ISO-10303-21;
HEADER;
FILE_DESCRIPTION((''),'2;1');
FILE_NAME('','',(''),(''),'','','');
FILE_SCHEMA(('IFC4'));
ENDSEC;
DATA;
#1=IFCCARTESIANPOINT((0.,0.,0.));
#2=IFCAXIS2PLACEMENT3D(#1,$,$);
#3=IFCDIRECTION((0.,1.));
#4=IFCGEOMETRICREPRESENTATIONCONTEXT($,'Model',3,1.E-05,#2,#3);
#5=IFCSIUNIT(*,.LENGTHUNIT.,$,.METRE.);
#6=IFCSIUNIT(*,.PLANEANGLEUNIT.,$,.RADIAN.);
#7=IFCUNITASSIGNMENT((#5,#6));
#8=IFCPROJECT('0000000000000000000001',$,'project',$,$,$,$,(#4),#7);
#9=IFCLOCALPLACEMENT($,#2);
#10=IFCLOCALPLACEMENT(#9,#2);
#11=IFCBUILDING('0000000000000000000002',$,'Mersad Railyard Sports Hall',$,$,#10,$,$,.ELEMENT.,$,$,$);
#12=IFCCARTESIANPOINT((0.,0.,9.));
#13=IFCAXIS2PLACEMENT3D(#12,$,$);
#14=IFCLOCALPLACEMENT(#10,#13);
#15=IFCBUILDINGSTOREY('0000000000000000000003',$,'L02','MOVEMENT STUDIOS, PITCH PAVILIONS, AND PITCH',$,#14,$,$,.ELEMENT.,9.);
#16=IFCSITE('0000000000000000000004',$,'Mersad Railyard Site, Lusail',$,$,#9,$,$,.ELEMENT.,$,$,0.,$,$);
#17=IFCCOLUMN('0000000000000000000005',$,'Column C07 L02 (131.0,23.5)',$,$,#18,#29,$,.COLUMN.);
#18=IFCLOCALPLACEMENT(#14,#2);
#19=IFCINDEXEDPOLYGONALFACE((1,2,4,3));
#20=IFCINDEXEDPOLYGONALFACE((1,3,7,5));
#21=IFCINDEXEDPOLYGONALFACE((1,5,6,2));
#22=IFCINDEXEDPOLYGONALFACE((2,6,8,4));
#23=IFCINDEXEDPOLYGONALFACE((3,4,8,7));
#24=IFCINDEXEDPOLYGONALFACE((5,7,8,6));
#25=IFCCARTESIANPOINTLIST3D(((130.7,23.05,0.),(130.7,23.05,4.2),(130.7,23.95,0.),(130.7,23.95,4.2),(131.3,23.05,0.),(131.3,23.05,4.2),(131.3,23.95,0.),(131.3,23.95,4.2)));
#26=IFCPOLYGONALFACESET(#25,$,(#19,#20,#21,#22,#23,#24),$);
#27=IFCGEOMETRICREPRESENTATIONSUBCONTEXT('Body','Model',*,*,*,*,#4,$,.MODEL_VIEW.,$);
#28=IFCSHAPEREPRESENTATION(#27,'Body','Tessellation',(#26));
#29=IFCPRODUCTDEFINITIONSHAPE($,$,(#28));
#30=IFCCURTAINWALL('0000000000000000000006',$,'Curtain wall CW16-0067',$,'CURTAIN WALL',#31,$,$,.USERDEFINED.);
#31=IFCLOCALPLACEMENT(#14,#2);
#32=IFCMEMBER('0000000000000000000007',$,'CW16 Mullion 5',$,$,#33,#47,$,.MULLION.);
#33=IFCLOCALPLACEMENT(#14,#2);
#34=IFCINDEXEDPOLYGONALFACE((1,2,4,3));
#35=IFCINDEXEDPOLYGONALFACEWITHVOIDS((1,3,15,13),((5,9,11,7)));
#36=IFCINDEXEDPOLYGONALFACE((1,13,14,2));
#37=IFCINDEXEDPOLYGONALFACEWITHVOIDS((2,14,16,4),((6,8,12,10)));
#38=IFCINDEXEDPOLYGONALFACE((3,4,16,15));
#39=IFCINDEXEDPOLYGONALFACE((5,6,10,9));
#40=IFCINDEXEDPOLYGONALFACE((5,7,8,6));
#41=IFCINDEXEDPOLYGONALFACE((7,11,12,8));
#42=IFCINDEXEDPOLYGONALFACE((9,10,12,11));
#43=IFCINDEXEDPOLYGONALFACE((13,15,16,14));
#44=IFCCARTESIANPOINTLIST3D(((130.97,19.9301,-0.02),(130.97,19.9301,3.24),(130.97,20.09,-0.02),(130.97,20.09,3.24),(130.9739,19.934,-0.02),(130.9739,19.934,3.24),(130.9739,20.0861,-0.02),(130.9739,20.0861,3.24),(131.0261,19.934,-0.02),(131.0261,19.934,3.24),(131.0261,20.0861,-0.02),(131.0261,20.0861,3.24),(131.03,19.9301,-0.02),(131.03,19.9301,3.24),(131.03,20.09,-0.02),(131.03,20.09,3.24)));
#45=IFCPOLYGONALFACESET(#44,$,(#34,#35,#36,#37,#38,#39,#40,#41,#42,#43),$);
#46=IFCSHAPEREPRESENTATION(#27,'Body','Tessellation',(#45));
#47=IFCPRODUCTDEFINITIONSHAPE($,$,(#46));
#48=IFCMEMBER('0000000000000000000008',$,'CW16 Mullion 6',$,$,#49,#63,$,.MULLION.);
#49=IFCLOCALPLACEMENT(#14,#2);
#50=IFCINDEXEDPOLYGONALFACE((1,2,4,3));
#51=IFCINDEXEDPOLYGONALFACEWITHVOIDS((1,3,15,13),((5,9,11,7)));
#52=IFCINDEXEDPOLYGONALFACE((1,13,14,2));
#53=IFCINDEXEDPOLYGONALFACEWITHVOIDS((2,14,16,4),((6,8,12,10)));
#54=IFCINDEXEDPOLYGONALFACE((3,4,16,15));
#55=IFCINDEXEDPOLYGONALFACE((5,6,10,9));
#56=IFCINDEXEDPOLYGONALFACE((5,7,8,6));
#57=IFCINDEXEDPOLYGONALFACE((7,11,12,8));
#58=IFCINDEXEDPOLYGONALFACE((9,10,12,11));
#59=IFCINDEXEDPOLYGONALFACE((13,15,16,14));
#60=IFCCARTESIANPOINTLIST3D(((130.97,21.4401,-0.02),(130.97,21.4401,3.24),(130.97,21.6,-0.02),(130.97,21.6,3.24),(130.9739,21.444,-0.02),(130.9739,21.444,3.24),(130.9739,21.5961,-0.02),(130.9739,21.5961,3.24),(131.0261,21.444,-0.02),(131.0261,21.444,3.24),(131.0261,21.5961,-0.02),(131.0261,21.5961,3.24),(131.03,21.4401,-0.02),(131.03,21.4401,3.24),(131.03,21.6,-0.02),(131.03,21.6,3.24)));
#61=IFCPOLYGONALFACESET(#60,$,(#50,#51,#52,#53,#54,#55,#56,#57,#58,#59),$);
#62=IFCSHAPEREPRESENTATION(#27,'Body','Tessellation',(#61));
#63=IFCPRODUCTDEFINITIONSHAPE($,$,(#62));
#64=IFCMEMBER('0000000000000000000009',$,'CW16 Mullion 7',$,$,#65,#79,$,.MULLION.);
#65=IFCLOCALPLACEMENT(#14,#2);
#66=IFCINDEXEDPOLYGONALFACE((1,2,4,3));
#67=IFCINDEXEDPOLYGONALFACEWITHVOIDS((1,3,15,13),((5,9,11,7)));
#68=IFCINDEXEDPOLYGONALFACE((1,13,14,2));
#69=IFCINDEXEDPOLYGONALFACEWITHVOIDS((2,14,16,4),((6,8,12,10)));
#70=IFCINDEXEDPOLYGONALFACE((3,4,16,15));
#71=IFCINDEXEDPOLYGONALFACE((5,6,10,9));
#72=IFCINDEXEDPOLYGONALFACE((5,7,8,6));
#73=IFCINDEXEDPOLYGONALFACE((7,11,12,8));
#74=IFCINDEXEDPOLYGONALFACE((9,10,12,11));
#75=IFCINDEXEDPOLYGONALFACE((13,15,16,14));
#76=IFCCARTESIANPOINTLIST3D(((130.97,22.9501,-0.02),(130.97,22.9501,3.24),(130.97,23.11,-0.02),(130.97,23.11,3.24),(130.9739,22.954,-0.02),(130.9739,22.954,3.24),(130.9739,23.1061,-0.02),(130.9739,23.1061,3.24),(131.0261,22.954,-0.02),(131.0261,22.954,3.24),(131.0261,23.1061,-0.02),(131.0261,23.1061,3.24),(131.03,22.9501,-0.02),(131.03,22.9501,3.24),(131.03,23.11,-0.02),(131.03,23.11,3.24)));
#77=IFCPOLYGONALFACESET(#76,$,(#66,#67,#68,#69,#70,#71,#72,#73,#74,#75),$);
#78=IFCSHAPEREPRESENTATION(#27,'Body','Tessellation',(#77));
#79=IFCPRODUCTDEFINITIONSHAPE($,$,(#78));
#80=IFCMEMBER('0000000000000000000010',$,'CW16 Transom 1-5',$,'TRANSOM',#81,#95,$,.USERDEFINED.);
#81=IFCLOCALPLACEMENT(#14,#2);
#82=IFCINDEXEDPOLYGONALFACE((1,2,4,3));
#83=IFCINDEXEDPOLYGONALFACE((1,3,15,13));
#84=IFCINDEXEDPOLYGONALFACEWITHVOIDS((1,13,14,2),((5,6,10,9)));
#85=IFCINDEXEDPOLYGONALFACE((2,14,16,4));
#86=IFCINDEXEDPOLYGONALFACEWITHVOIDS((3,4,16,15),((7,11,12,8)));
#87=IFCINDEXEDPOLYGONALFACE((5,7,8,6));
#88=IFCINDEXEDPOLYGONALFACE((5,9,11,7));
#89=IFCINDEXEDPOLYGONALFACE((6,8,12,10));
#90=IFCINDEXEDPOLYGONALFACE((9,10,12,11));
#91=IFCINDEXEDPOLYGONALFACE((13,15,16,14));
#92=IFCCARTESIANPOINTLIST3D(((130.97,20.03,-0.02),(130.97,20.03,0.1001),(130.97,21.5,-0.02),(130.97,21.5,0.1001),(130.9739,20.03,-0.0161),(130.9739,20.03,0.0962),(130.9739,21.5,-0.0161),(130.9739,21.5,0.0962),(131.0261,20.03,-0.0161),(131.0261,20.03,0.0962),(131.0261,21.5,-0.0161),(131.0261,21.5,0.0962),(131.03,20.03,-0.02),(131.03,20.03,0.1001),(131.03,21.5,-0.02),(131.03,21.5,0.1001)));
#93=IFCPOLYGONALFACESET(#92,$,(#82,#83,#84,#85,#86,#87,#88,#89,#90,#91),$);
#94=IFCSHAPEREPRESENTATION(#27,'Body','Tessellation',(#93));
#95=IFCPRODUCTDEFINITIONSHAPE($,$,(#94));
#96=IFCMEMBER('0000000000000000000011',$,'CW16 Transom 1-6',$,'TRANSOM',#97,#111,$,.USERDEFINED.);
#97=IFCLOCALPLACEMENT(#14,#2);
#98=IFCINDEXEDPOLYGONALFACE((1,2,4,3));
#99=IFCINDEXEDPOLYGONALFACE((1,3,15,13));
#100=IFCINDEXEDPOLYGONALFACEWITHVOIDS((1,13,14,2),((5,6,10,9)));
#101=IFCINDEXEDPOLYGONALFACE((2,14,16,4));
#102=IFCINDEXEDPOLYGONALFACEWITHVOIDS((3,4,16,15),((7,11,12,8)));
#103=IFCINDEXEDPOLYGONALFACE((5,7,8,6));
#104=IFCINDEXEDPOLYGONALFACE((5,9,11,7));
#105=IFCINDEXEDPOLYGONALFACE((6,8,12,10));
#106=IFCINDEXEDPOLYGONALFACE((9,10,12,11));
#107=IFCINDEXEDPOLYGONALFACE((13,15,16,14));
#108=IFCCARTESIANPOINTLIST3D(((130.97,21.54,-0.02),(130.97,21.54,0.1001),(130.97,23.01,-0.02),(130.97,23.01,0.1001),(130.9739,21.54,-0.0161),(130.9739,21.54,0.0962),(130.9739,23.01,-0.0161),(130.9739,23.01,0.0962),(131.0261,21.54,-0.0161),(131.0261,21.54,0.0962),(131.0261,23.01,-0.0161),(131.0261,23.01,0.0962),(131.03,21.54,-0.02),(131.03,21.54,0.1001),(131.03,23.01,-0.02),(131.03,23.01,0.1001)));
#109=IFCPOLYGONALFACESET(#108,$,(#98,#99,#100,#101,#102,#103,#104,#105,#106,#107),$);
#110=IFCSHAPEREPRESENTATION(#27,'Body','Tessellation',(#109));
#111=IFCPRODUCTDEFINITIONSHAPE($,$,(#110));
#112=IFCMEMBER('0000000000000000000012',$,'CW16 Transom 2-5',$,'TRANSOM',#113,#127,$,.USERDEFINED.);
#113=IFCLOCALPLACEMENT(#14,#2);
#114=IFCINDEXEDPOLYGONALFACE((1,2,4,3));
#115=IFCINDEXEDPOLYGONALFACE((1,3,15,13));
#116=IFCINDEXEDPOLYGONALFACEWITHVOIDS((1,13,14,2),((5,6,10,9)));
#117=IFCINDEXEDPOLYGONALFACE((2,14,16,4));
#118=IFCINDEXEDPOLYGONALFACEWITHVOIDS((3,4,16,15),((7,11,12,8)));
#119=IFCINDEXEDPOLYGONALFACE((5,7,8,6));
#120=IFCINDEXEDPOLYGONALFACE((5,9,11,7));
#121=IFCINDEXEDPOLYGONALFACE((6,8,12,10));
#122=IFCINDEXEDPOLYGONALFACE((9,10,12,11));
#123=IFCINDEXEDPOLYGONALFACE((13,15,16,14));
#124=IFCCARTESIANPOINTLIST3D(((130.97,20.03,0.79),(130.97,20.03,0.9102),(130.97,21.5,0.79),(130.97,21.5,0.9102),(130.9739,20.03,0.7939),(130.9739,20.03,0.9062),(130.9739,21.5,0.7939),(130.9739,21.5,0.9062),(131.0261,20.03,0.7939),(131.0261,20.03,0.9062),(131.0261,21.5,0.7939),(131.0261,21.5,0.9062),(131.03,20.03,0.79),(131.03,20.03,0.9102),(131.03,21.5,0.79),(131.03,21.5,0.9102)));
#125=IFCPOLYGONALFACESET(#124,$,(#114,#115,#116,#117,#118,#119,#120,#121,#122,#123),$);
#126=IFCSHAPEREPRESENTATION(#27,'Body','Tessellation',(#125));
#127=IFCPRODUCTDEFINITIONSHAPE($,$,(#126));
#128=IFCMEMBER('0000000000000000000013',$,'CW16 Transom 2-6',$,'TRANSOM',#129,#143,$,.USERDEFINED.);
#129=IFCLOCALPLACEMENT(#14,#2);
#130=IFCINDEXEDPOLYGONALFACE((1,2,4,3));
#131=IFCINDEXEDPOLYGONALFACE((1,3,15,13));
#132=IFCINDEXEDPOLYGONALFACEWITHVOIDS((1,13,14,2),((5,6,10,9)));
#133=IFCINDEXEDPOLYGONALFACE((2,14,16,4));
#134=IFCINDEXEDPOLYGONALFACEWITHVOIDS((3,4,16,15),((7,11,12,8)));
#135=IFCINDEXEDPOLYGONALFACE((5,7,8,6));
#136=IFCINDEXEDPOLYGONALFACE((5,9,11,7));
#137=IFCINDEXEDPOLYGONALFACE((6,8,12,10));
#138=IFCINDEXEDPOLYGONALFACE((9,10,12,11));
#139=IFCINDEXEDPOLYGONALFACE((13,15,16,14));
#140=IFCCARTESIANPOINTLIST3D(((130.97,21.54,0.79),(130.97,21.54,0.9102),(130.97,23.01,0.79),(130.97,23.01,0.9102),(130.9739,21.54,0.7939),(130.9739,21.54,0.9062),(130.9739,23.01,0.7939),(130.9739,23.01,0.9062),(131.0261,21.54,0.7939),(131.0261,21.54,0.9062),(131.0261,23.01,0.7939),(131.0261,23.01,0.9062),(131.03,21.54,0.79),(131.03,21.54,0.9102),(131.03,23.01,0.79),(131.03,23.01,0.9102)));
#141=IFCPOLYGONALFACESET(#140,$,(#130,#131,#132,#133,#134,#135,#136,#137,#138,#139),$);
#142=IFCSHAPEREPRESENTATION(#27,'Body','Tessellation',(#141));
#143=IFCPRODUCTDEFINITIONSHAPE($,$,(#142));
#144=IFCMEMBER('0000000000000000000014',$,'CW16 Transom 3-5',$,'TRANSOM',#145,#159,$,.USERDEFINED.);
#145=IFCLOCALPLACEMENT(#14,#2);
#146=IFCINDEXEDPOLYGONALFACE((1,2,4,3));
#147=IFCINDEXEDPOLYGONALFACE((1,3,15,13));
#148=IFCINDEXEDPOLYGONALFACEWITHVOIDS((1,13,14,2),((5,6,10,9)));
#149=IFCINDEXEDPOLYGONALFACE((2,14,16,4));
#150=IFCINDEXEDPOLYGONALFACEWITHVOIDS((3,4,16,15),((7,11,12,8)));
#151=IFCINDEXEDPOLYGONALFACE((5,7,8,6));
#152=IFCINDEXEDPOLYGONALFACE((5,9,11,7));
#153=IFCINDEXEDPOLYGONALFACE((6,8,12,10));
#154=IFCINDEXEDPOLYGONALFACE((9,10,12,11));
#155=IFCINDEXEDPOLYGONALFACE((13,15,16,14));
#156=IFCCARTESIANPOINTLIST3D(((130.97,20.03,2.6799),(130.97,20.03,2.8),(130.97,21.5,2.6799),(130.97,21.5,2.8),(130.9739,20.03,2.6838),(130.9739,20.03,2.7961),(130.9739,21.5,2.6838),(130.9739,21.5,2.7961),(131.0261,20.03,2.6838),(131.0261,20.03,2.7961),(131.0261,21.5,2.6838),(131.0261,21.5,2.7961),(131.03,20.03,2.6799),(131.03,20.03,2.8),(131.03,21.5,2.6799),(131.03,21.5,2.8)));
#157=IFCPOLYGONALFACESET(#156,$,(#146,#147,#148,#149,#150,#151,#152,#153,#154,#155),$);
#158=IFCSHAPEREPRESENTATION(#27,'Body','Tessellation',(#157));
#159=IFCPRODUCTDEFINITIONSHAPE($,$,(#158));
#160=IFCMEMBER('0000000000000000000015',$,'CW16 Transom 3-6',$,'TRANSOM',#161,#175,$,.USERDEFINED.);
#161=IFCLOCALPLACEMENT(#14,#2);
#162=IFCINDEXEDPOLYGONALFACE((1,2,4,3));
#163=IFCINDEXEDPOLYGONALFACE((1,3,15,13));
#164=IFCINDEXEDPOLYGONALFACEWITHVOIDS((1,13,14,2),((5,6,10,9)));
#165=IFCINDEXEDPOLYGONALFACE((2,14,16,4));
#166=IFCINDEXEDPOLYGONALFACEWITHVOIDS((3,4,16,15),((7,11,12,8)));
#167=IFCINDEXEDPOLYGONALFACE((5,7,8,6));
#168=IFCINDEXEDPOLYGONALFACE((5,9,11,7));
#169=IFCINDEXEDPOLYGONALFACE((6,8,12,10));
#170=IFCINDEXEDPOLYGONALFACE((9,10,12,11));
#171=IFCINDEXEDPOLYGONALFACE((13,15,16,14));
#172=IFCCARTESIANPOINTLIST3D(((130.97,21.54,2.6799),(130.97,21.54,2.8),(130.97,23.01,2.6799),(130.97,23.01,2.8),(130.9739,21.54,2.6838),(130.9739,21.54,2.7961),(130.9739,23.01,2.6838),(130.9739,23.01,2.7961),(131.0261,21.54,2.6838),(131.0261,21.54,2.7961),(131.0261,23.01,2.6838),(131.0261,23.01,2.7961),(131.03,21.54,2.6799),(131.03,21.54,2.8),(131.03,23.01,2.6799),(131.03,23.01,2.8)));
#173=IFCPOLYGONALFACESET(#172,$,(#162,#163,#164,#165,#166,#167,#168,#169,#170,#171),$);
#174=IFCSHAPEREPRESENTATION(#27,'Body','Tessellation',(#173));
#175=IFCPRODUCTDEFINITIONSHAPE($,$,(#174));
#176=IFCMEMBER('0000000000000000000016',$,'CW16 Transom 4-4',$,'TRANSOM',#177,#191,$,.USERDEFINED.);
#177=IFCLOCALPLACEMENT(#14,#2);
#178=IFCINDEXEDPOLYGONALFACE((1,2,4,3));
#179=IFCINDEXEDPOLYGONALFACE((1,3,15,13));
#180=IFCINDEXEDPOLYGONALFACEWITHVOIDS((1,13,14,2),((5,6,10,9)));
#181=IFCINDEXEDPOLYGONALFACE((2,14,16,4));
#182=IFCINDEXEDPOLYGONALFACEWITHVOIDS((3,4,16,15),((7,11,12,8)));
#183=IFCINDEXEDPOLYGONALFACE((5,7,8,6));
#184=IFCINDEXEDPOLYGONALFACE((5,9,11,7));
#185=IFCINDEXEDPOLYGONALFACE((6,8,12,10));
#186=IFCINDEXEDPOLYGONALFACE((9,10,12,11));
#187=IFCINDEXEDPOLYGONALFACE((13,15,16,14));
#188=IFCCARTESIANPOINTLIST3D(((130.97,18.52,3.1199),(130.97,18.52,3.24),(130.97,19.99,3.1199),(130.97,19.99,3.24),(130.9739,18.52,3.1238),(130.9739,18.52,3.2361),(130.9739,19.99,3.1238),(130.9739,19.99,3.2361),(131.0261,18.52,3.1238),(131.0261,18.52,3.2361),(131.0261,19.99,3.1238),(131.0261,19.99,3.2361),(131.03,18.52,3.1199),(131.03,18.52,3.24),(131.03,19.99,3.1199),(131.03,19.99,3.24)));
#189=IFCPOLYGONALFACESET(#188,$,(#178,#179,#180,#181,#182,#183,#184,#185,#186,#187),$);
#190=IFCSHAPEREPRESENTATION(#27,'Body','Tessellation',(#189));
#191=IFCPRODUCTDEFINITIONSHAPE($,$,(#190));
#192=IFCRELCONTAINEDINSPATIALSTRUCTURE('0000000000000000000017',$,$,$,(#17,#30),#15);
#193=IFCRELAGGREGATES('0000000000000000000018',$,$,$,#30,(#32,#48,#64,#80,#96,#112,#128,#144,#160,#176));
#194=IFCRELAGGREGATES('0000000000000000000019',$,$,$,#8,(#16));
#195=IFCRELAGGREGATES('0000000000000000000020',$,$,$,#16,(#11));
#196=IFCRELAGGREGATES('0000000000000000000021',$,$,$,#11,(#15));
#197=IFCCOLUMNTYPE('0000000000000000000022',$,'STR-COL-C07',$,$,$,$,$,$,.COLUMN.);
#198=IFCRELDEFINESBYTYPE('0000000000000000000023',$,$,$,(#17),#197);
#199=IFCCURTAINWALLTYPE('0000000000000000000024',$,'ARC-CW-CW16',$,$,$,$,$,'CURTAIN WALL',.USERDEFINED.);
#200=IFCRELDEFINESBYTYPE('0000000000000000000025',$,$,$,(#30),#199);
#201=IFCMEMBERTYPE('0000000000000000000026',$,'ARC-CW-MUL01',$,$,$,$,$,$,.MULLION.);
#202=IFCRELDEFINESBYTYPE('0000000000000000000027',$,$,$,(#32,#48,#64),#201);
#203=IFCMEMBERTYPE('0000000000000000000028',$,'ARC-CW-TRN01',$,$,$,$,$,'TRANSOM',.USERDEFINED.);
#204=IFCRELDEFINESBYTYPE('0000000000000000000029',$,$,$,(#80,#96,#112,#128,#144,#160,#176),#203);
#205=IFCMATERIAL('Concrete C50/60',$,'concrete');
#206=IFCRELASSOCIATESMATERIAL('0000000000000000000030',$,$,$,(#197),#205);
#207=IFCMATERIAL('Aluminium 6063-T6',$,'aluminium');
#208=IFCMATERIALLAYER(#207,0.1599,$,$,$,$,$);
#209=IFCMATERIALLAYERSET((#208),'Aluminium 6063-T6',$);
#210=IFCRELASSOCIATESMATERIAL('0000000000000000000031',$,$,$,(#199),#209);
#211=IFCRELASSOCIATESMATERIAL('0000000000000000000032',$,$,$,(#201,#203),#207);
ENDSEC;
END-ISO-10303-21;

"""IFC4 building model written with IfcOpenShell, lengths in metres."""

from ifc_helpers import new_model, si_unit, direction, frame, origin, origin_2d, place, context, subcontext, project, spatial, rectangle, hollow_rectangle, extrude, material, layer, layer_set, material_profile, profile_set, type_object, element, aggregate, save


model = new_model("IFC4")

# Units and contexts
model_context = context("Model", 3, precision=1e-05, world=origin(), true_north=direction((0.0, 1.0)))
body_context = subcontext(model_context, "Body", "Model", "MODEL_VIEW")
ifc_project = project(units=[si_unit("LENGTHUNIT", "METRE"), si_unit("PLANEANGLEUNIT", "RADIAN")], contexts=[model_context])

# Site, building, storey
site_placement = place(None, origin())
site = spatial("IfcSite", under=ifc_project, at=site_placement, Name="Mersad Railyard Site, Lusail", CompositionType="ELEMENT", RefElevation=0.0)
building_placement = place(site_placement, origin())
building = spatial("IfcBuilding", under=site, at=building_placement, Name="Mersad Railyard Sports Hall", CompositionType="ELEMENT")
storey_placement = place(building_placement, frame((0.0, 0.0, 9.0)))
storey = spatial("IfcBuildingStorey", under=building, at=storey_placement, Name="L02", Description="MOVEMENT STUDIOS, PITCH PAVILIONS, AND PITCH", CompositionType="ELEMENT", Elevation=9.0)

# Column
ifc_material_1 = material(Name="Concrete C50/60", Category="concrete")
ifc_material_profile_1 = material_profile(ifc_material_1, rectangle(XDim=0.6001, YDim=0.8999, at=origin_2d()), Name="RC 600x900")
ifc_profile_set_1 = profile_set([ifc_material_profile_1], Name="Concrete C50/60")
column_type = type_object("IfcColumnType", Name="STR-COL-C07", PredefinedType="COLUMN", material=ifc_profile_set_1)
column_placement = place(storey_placement, frame((131.0, 23.5, 0.0), z_axis=(0.0, 0.0, 1.0), x_axis=(1.0, 0.0, 0.0)))
element("IfcColumn", 1, at=column_placement, inside=storey, type_object=column_type, Name="Column C07 L02 (131.0,23.5)", PredefinedType="COLUMN", context=body_context, shape_type="SweptSolid", body=[
    extrude(rectangle(XDim=0.6001, YDim=0.8999, at=origin_2d()), origin(), (0.0, 0.0, 1.0), 4.2),
])

# Curtain wall, members
ifc_material_2 = material(Name="Aluminium 6063-T6", Category="aluminium")
ifc_layer_1 = layer(ifc_material_2, 0.1599)
ifc_layer_set_1 = layer_set([ifc_layer_1], Name="Aluminium 6063-T6")
curtain_wall_type = type_object("IfcCurtainWallType", Name="ARC-CW-CW16", ElementType="CURTAIN WALL", PredefinedType="USERDEFINED", material=ifc_layer_set_1)
curtain_wall_placement = place(storey_placement, origin())
curtain_wall = element("IfcCurtainWall", 2, at=curtain_wall_placement, inside=storey, type_object=curtain_wall_type, Name="Curtain wall CW16-0067", ObjectType="CURTAIN WALL", PredefinedType="USERDEFINED")
ifc_material_profile_2 = material_profile(ifc_material_2, hollow_rectangle(XDim=0.0601, YDim=0.1599, WallThickness=0.0039, at=origin_2d()), Name="AL MULLION 60x160x4")
ifc_profile_set_2 = profile_set([ifc_material_profile_2], Name="Aluminium 6063-T6")
member_type_1 = type_object("IfcMemberType", Name="ARC-CW-MUL01", PredefinedType="MULLION", material=ifc_profile_set_2)
member_1_placement = place(storey_placement, frame((131.0, 20.01, -0.02), z_axis=(0.0, 0.0, 1.0), x_axis=(1.0, 0.0, 0.0)))
member_1 = element("IfcMember", 3, at=member_1_placement, type_object=member_type_1, Name="CW16 Mullion 5", PredefinedType="MULLION", context=body_context, shape_type="SweptSolid", body=[
    extrude(hollow_rectangle(XDim=0.0601, YDim=0.1599, WallThickness=0.0039, at=origin_2d()), origin(), (0.0, 0.0, 1.0), 3.26),
])
member_2_placement = place(storey_placement, frame((131.0, 21.52, -0.02), z_axis=(0.0, 0.0, 1.0), x_axis=(1.0, 0.0, 0.0)))
member_2 = element("IfcMember", 4, at=member_2_placement, type_object=member_type_1, Name="CW16 Mullion 6", PredefinedType="MULLION", context=body_context, shape_type="SweptSolid", body=[
    extrude(hollow_rectangle(XDim=0.0601, YDim=0.1599, WallThickness=0.0039, at=origin_2d()), origin(), (0.0, 0.0, 1.0), 3.26),
])
member_3_placement = place(storey_placement, frame((131.0, 23.03, -0.02), z_axis=(0.0, 0.0, 1.0), x_axis=(1.0, 0.0, 0.0)))
member_3 = element("IfcMember", 5, at=member_3_placement, type_object=member_type_1, Name="CW16 Mullion 7", PredefinedType="MULLION", context=body_context, shape_type="SweptSolid", body=[
    extrude(hollow_rectangle(XDim=0.0601, YDim=0.1599, WallThickness=0.0039, at=origin_2d()), origin(), (0.0, 0.0, 1.0), 3.26),
])
ifc_material_profile_3 = material_profile(ifc_material_2, hollow_rectangle(XDim=0.0601, YDim=0.1201, WallThickness=0.0039, at=origin_2d()), Name="AL TRANSOM 60x120x4")
ifc_profile_set_3 = profile_set([ifc_material_profile_3], Name="Aluminium 6063-T6")
member_type_2 = type_object("IfcMemberType", Name="ARC-CW-TRN01", ElementType="TRANSOM", PredefinedType="USERDEFINED", material=ifc_profile_set_3)
member_4_placement = place(storey_placement, frame((131.0, 20.03, 0.04), z_axis=(0.0, 1.0, 0.0), x_axis=(-1.0, 0.0, 0.0)))
member_4 = element("IfcMember", 6, at=member_4_placement, type_object=member_type_2, Name="CW16 Transom 1-5", ObjectType="TRANSOM", PredefinedType="USERDEFINED", context=body_context, shape_type="SweptSolid", body=[
    extrude(hollow_rectangle(XDim=0.0601, YDim=0.1201, WallThickness=0.0039, at=origin_2d()), origin(), (0.0, 0.0, 1.0), 1.47),
])
member_5_placement = place(storey_placement, frame((131.0, 21.54, 0.04), z_axis=(0.0, 1.0, 0.0), x_axis=(-1.0, 0.0, 0.0)))
member_5 = element("IfcMember", 7, at=member_5_placement, type_object=member_type_2, Name="CW16 Transom 1-6", ObjectType="TRANSOM", PredefinedType="USERDEFINED", context=body_context, shape_type="SweptSolid", body=[
    extrude(hollow_rectangle(XDim=0.0601, YDim=0.1201, WallThickness=0.0039, at=origin_2d()), origin(), (0.0, 0.0, 1.0), 1.47),
])
member_6_placement = place(storey_placement, frame((131.0, 20.03, 0.8501), z_axis=(0.0, 1.0, 0.0), x_axis=(-1.0, 0.0, 0.0)))
member_6 = element("IfcMember", 8, at=member_6_placement, type_object=member_type_2, Name="CW16 Transom 2-5", ObjectType="TRANSOM", PredefinedType="USERDEFINED", context=body_context, shape_type="SweptSolid", body=[
    extrude(hollow_rectangle(XDim=0.0601, YDim=0.1201, WallThickness=0.0039, at=origin_2d()), origin(), (0.0, 0.0, 1.0), 1.47),
])
member_7_placement = place(storey_placement, frame((131.0, 21.54, 0.8501), z_axis=(0.0, 1.0, 0.0), x_axis=(-1.0, 0.0, 0.0)))
member_7 = element("IfcMember", 9, at=member_7_placement, type_object=member_type_2, Name="CW16 Transom 2-6", ObjectType="TRANSOM", PredefinedType="USERDEFINED", context=body_context, shape_type="SweptSolid", body=[
    extrude(hollow_rectangle(XDim=0.0601, YDim=0.1201, WallThickness=0.0039, at=origin_2d()), origin(), (0.0, 0.0, 1.0), 1.47),
])
member_8_placement = place(storey_placement, frame((131.0, 20.03, 2.74), z_axis=(0.0, 1.0, 0.0), x_axis=(-1.0, 0.0, 0.0)))
member_8 = element("IfcMember", 10, at=member_8_placement, type_object=member_type_2, Name="CW16 Transom 3-5", ObjectType="TRANSOM", PredefinedType="USERDEFINED", context=body_context, shape_type="SweptSolid", body=[
    extrude(hollow_rectangle(XDim=0.0601, YDim=0.1201, WallThickness=0.0039, at=origin_2d()), origin(), (0.0, 0.0, 1.0), 1.47),
])
member_9_placement = place(storey_placement, frame((131.0, 21.54, 2.74), z_axis=(0.0, 1.0, 0.0), x_axis=(-1.0, 0.0, 0.0)))
member_9 = element("IfcMember", 11, at=member_9_placement, type_object=member_type_2, Name="CW16 Transom 3-6", ObjectType="TRANSOM", PredefinedType="USERDEFINED", context=body_context, shape_type="SweptSolid", body=[
    extrude(hollow_rectangle(XDim=0.0601, YDim=0.1201, WallThickness=0.0039, at=origin_2d()), origin(), (0.0, 0.0, 1.0), 1.47),
])
member_10_placement = place(storey_placement, frame((131.0, 18.52, 3.1799), z_axis=(0.0, 1.0, 0.0), x_axis=(-1.0, 0.0, 0.0)))
member_10 = element("IfcMember", 12, at=member_10_placement, type_object=member_type_2, Name="CW16 Transom 4-4", ObjectType="TRANSOM", PredefinedType="USERDEFINED", context=body_context, shape_type="SweptSolid", body=[
    extrude(hollow_rectangle(XDim=0.0601, YDim=0.1201, WallThickness=0.0039, at=origin_2d()), origin(), (0.0, 0.0, 1.0), 1.47),
])
aggregate(curtain_wall, [member_1, member_2, member_3, member_4, member_5, member_6, member_7, member_8, member_9, member_10])

save(model, "model.ifc")
